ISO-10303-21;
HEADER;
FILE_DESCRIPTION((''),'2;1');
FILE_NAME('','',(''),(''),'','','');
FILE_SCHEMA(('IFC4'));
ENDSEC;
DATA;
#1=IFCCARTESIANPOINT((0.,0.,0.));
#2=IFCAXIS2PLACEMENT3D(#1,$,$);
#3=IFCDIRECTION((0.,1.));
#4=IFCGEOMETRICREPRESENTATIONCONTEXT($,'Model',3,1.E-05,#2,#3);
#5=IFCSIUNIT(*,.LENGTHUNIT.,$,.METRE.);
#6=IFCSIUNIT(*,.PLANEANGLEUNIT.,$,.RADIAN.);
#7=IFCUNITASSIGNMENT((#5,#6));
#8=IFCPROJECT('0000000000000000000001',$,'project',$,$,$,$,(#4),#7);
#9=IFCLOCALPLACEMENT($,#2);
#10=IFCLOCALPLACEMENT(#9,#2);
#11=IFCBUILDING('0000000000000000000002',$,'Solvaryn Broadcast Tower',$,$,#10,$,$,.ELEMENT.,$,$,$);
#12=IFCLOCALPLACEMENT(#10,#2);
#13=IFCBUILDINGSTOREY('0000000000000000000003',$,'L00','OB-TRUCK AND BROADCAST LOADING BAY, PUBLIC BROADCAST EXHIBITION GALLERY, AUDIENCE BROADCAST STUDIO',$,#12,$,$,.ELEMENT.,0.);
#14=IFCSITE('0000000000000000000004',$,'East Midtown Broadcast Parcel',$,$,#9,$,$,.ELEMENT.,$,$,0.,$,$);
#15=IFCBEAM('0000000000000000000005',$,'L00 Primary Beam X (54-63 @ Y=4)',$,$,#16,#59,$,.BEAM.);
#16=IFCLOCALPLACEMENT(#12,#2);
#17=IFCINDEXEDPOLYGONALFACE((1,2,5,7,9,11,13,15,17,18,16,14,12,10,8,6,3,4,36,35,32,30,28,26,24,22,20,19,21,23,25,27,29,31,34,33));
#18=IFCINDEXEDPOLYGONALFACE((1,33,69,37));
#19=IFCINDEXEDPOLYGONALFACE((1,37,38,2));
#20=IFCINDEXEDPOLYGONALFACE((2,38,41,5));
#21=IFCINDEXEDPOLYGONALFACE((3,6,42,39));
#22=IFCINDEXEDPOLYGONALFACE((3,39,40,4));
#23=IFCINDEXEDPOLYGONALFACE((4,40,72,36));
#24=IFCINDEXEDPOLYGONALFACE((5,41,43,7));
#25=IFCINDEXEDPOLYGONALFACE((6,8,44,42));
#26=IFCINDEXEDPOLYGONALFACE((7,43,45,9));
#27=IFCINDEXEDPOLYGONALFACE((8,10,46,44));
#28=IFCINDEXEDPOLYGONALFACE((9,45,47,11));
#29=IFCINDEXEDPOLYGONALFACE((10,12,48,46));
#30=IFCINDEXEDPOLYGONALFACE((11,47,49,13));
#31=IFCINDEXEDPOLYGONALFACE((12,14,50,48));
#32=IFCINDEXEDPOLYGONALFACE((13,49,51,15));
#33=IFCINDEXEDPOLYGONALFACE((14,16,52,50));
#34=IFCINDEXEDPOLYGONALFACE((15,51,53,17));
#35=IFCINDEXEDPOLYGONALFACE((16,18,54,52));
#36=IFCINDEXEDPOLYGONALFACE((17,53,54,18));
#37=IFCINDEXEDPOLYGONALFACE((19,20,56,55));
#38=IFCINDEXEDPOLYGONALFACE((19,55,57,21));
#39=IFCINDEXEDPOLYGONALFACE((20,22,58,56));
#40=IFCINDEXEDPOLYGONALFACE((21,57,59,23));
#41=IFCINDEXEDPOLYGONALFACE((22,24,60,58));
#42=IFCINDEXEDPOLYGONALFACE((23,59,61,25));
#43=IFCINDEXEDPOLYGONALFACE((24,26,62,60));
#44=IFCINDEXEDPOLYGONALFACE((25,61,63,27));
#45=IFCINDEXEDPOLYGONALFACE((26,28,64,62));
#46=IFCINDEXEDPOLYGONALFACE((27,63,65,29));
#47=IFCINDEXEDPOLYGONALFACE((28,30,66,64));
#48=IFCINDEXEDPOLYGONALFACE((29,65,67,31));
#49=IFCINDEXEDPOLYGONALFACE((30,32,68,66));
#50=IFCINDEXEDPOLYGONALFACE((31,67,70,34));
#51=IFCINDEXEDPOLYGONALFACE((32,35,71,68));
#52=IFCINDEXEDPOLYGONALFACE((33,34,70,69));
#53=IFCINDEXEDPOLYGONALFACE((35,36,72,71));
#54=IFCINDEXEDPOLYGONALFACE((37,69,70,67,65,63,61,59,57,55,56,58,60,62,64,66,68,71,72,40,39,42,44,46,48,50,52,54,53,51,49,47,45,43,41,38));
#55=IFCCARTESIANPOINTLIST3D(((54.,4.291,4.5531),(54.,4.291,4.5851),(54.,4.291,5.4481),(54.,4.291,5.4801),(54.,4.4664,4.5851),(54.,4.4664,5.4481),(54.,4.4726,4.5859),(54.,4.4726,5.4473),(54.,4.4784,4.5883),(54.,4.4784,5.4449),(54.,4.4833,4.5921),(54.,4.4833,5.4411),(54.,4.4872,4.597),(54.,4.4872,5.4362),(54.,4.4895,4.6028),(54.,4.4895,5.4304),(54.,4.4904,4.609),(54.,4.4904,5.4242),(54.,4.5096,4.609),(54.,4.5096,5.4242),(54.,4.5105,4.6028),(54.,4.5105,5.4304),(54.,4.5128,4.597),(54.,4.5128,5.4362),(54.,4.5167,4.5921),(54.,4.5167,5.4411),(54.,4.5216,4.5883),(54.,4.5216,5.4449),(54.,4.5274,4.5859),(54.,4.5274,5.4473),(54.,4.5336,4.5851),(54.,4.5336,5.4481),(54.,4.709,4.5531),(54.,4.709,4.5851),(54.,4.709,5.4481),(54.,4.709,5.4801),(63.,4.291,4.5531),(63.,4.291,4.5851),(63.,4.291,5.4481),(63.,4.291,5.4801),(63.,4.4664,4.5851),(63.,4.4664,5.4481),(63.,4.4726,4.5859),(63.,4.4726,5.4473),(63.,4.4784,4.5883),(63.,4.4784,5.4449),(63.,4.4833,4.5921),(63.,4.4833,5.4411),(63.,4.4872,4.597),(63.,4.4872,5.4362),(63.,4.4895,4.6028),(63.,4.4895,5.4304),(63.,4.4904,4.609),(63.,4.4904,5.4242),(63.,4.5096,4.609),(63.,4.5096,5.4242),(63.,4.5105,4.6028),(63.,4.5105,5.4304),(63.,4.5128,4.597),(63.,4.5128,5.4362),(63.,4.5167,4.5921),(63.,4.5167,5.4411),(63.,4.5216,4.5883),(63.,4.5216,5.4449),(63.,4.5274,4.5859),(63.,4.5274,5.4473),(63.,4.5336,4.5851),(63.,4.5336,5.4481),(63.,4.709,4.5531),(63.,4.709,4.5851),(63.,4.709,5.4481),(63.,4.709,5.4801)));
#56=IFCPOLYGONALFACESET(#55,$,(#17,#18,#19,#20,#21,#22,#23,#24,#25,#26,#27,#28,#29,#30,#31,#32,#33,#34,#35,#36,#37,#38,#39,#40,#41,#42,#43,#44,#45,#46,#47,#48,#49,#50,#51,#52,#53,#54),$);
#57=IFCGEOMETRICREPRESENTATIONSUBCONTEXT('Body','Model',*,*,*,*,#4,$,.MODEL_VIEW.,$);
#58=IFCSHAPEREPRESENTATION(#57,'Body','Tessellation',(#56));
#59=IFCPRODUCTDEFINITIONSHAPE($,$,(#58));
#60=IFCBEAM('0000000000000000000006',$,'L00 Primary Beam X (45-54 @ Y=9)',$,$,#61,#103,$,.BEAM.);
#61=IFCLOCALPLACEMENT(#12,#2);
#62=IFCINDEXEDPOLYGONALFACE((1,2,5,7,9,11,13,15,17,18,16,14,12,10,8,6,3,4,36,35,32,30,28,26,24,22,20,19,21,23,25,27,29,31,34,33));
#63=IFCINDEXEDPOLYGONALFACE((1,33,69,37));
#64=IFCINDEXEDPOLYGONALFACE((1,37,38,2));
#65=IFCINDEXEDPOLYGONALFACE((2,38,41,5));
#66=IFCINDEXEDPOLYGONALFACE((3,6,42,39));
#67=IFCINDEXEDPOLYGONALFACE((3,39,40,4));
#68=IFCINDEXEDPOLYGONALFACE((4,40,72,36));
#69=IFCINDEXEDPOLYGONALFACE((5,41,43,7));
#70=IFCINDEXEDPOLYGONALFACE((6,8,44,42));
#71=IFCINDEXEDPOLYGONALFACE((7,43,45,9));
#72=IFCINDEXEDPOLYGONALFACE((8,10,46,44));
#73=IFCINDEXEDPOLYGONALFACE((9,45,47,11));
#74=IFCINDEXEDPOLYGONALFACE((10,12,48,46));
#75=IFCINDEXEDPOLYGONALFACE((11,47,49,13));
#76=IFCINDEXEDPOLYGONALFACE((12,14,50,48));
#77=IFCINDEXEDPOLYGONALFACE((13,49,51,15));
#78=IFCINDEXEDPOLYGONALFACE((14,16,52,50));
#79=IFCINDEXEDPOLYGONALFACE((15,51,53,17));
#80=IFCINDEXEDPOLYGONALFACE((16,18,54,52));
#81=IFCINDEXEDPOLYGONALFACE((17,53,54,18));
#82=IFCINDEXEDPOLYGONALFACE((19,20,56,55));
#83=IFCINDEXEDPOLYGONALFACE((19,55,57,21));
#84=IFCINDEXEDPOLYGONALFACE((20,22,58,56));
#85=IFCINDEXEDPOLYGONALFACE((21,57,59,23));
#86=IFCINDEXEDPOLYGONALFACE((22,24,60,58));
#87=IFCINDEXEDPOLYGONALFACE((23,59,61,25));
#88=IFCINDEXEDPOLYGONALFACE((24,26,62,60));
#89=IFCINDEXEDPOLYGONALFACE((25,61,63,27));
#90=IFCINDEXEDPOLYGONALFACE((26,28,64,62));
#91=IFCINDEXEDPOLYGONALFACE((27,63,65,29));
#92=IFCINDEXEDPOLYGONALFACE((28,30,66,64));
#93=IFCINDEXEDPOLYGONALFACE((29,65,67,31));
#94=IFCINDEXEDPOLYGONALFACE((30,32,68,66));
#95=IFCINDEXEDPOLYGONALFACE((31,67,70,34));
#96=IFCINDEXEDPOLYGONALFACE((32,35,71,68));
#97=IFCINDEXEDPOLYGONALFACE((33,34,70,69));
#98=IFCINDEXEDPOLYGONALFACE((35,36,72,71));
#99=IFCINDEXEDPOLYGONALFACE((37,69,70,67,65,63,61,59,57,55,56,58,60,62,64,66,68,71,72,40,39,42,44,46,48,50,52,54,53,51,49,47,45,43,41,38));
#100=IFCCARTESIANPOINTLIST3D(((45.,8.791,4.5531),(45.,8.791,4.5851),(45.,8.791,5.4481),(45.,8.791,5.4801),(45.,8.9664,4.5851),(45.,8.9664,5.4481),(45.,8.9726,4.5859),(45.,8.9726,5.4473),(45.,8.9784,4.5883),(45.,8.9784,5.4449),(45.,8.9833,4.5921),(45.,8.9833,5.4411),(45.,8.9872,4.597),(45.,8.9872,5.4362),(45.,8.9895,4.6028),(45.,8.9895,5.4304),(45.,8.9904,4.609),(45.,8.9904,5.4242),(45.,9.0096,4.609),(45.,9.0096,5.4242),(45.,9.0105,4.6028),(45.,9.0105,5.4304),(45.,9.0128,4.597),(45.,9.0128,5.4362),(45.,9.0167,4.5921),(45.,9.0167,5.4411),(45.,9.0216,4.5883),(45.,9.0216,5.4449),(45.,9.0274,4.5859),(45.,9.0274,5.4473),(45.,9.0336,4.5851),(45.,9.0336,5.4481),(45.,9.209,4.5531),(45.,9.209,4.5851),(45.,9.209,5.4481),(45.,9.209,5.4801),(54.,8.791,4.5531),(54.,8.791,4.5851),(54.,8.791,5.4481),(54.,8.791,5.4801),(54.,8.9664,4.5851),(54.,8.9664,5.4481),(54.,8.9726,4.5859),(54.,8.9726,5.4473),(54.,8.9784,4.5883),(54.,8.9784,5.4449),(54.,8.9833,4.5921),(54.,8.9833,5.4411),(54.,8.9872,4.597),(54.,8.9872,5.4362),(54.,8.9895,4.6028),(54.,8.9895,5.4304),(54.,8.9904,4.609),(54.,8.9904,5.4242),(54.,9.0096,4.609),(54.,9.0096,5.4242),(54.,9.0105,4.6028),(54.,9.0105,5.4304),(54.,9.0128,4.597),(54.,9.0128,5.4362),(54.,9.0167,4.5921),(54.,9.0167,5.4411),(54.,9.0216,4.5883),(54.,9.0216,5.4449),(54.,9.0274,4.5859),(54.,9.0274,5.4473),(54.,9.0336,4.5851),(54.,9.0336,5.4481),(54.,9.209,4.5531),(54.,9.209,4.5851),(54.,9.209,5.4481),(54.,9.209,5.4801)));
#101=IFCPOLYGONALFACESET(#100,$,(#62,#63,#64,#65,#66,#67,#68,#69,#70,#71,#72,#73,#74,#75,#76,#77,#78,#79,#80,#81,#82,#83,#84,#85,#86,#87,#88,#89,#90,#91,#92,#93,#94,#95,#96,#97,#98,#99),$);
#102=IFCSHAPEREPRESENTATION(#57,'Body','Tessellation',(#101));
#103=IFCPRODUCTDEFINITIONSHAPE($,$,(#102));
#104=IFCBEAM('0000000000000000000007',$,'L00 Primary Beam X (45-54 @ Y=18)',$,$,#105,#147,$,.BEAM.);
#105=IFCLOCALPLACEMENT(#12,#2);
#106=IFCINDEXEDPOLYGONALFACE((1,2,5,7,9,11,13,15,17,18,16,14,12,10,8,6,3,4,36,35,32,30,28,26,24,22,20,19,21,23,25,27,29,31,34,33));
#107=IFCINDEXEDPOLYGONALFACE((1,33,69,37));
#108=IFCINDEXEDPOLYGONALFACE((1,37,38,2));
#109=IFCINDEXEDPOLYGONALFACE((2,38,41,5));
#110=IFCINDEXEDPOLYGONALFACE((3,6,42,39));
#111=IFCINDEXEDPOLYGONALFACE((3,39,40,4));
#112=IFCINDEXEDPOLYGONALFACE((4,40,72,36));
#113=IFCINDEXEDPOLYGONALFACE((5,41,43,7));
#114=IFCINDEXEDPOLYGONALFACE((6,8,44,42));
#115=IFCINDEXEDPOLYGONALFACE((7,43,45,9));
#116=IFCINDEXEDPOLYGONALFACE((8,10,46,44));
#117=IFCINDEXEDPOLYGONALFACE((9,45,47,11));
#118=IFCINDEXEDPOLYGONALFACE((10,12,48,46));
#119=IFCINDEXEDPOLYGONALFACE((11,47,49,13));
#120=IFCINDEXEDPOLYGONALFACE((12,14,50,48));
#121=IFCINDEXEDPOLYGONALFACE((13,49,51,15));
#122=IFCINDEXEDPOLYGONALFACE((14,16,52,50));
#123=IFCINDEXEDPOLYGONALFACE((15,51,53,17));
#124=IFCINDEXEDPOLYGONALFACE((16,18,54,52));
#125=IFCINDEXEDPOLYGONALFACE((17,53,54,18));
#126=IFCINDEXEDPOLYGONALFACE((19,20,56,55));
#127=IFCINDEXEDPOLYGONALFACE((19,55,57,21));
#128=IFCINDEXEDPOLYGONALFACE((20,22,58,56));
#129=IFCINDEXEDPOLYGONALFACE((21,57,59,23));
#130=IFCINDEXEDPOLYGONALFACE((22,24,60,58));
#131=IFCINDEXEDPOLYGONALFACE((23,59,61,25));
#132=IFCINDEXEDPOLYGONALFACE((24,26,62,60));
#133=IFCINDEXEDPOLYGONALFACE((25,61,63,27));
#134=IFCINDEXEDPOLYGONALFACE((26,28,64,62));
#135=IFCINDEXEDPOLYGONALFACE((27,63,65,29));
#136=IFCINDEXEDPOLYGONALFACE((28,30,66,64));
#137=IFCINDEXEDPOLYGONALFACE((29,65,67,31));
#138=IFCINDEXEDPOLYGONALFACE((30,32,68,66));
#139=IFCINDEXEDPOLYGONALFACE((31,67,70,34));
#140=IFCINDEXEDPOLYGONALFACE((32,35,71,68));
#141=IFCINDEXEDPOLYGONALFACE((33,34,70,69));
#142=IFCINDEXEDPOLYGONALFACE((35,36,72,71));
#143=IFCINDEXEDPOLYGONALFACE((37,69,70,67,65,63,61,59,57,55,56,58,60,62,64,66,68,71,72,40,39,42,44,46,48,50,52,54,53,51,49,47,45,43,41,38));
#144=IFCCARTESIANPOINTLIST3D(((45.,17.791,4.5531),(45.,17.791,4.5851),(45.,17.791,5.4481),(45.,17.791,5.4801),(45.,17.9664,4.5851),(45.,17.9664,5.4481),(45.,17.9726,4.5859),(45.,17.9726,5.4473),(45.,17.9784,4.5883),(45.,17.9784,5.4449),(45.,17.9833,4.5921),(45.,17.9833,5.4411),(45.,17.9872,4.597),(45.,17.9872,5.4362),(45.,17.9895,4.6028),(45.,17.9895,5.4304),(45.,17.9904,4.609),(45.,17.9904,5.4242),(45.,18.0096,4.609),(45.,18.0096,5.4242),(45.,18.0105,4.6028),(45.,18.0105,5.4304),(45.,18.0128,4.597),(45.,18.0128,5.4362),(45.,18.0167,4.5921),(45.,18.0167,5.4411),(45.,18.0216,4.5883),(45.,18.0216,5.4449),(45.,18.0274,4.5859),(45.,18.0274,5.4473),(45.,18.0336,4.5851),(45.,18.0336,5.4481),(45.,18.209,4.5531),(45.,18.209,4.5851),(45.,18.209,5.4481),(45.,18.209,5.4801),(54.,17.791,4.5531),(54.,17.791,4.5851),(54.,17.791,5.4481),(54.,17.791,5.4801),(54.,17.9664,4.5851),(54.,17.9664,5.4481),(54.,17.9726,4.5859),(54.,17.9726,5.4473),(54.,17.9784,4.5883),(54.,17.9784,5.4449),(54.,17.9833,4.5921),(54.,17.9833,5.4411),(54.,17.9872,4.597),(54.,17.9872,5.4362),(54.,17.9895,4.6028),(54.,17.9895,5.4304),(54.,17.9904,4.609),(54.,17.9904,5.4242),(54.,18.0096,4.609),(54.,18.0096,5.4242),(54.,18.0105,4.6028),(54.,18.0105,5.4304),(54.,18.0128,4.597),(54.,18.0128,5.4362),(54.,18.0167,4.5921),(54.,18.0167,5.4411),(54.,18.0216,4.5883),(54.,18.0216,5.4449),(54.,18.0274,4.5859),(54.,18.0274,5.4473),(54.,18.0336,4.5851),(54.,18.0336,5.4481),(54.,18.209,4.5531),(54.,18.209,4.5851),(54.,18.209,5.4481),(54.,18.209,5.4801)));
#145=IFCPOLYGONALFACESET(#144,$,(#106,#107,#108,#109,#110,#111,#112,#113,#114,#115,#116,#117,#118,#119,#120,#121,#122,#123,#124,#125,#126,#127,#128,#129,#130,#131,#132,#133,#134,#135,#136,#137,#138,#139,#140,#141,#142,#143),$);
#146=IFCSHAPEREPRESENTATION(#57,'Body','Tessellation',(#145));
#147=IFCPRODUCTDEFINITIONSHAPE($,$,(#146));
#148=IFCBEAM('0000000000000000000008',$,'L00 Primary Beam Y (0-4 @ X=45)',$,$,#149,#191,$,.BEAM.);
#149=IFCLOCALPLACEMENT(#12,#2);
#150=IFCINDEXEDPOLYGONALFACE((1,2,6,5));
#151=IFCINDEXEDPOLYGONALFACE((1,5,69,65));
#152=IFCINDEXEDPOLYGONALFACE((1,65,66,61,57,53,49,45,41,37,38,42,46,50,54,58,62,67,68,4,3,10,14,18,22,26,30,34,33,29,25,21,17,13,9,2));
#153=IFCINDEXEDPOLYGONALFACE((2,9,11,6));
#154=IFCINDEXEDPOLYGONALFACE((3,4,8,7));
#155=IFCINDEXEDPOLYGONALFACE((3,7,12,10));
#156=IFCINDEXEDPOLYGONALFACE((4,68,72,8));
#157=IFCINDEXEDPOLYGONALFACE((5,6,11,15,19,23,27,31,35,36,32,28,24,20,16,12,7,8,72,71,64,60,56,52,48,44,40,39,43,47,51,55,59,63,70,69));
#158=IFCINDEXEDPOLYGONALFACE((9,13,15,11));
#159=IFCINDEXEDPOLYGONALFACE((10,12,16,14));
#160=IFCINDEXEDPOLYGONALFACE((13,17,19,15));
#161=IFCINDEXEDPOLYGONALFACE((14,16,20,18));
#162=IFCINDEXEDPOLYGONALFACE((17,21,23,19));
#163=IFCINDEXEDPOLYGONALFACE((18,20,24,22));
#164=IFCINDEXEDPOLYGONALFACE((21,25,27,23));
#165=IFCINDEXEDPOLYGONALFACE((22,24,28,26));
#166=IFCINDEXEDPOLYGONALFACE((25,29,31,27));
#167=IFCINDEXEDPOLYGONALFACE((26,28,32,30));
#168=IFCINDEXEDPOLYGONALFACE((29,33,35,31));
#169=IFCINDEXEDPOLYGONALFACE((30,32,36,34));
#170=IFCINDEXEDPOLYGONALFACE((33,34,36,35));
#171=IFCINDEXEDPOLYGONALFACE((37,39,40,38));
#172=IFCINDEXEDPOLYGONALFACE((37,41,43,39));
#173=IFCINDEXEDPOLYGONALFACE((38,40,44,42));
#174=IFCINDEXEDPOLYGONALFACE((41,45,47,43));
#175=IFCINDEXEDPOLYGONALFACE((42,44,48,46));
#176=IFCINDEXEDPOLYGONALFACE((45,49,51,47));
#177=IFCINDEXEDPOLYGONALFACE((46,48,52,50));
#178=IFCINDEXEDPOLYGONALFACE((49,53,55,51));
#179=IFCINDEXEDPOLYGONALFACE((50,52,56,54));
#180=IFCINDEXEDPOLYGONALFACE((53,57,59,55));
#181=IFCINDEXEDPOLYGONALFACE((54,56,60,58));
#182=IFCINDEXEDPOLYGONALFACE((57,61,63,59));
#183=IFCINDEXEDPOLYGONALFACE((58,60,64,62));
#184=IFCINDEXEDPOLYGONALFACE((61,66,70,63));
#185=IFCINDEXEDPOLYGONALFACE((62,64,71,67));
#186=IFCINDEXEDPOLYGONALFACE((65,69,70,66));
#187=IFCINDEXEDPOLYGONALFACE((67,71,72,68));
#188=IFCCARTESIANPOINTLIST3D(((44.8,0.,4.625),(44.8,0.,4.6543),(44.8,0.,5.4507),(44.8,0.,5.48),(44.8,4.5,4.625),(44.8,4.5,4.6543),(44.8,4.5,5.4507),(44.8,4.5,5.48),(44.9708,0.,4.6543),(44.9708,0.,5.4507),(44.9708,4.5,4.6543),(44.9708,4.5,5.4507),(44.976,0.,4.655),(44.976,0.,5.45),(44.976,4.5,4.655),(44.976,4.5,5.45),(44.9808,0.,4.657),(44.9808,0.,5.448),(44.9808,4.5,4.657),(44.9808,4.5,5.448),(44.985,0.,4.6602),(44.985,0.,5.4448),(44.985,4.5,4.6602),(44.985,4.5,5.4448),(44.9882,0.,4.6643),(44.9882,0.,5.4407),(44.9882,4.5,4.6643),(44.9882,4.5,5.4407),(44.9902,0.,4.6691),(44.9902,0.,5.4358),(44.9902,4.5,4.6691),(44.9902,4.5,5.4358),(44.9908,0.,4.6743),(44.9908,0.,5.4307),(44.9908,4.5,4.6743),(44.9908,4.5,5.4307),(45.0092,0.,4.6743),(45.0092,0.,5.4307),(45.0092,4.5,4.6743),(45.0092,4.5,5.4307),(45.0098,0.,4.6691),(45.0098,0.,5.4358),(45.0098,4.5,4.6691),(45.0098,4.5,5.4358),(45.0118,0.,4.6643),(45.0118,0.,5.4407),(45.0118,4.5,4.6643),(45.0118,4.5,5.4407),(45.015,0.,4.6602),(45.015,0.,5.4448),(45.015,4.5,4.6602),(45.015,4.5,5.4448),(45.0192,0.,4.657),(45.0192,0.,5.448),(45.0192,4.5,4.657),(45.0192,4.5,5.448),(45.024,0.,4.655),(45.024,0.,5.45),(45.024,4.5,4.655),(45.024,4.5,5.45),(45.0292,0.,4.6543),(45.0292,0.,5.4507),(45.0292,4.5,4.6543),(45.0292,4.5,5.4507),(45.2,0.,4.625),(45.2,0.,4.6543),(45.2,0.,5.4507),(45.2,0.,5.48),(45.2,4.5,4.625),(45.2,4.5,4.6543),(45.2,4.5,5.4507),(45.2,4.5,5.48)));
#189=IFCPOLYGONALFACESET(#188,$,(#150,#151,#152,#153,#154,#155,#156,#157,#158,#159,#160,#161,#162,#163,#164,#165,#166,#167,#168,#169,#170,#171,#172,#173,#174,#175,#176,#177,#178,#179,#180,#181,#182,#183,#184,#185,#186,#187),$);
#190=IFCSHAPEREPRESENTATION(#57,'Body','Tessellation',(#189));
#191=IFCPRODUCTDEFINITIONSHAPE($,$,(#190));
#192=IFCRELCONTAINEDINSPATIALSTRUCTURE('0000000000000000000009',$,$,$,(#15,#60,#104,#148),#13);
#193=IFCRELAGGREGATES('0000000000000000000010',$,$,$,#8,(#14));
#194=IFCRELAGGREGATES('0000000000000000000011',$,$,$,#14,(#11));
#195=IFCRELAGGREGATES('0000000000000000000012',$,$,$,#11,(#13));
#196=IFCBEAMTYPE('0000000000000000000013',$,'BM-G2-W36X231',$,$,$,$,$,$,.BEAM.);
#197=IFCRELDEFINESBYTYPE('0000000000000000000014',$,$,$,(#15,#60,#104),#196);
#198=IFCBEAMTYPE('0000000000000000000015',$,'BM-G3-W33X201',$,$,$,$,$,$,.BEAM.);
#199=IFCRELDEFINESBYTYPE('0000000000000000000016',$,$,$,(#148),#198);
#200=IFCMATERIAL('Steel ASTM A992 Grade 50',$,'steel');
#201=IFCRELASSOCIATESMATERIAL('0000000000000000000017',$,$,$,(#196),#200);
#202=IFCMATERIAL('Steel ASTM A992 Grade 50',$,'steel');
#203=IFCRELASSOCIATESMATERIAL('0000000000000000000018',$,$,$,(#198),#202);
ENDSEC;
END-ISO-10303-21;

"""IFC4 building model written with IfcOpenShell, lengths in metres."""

from ifc_helpers import new_model, si_unit, direction, frame, origin, origin_2d, place, context, subcontext, project, spatial, i_section, extrude, material, material_profile, profile_set, type_object, element, save


model = new_model("IFC4")

# Units and contexts
model_context = context("Model", 3, precision=1e-05, world=origin(), true_north=direction((0.0, 1.0)))
body_context = subcontext(model_context, "Body", "Model", "MODEL_VIEW")
ifc_project = project(units=[si_unit("LENGTHUNIT", "METRE"), si_unit("PLANEANGLEUNIT", "RADIAN")], contexts=[model_context])

# Site, building, storey
site_placement = place(None, origin())
site = spatial("IfcSite", under=ifc_project, at=site_placement, Name="East Midtown Broadcast Parcel", CompositionType="ELEMENT", RefElevation=0.0)
building_placement = place(site_placement, origin())
building = spatial("IfcBuilding", under=site, at=building_placement, Name="Solvaryn Broadcast Tower", CompositionType="ELEMENT")
storey_placement = place(building_placement, origin())
storey = spatial("IfcBuildingStorey", under=building, at=storey_placement, Name="L00", Description="OB-TRUCK AND BROADCAST LOADING BAY, PUBLIC BROADCAST EXHIBITION GALLERY, AUDIENCE BROADCAST STUDIO", CompositionType="ELEMENT", Elevation=0.0)

# Beams
ifc_material_1 = material(Name="Steel ASTM A992 Grade 50", Category="steel")
ifc_material_profile_1 = material_profile(ifc_material_1, i_section(OverallWidth=0.418, OverallDepth=0.927, WebThickness=0.0193, FlangeThickness=0.032, FilletRadius=0.0239, at=origin_2d()))
ifc_profile_set_1 = profile_set([ifc_material_profile_1], Name="Steel ASTM A992 Grade 50")
beam_type_1 = type_object("IfcBeamType", Name="BM-G2-W36X231", PredefinedType="BEAM", material=ifc_profile_set_1)
for number, where, z_axis, x_axis, name in (
    (1, (54.0, 4.5, 5.0166), (1.0, 0.0, 0.0), (0.0, 1.0, 0.0), "L00 Primary Beam X (54-63 @ Y=4)"),
    (2, (45.0, 9.0, 5.0166), (1.0, 0.0, 0.0), (0.0, 1.0, 0.0), "L00 Primary Beam X (45-54 @ Y=9)"),
    (3, (45.0, 18.0, 5.0166), (1.0, 0.0, 0.0), (0.0, 1.0, 0.0), "L00 Primary Beam X (45-54 @ Y=18)"),
):
    element("IfcBeam", number, at=place(storey_placement, frame(where, z_axis=z_axis, x_axis=x_axis)), inside=storey, type_object=beam_type_1, Name=name, PredefinedType="BEAM", context=body_context, shape_type="SweptSolid", body=[
        extrude(i_section(OverallWidth=0.418, OverallDepth=0.927, WebThickness=0.0193, FlangeThickness=0.032, FilletRadius=0.0239, at=origin_2d()), origin(), (0.0, 0.0, 1.0), 9.0),
    ])
ifc_material_2 = material(Name="Steel ASTM A992 Grade 50", Category="steel")
ifc_material_profile_2 = material_profile(ifc_material_2, i_section(OverallWidth=0.3999, OverallDepth=0.855, WebThickness=0.0183, FlangeThickness=0.0293, FilletRadius=0.02, at=origin_2d()))
ifc_profile_set_2 = profile_set([ifc_material_profile_2], Name="Steel ASTM A992 Grade 50")
beam_type_2 = type_object("IfcBeamType", Name="BM-G3-W33X201", PredefinedType="BEAM", material=ifc_profile_set_2)
for number, where, z_axis, x_axis, name in (
    (4, (45.0, 0.0, 5.0525), (0.0, 1.0, 0.0), (-1.0, 0.0, 0.0), "L00 Primary Beam Y (0-4 @ X=45)"),
):
    element("IfcBeam", number, at=place(storey_placement, frame(where, z_axis=z_axis, x_axis=x_axis)), inside=storey, type_object=beam_type_2, Name=name, PredefinedType="BEAM", context=body_context, shape_type="SweptSolid", body=[
        extrude(i_section(OverallWidth=0.3999, OverallDepth=0.855, WebThickness=0.0183, FlangeThickness=0.0293, FilletRadius=0.02, at=origin_2d()), origin(), (0.0, 0.0, 1.0), 4.5),
    ])

save(model, "model.ifc")
